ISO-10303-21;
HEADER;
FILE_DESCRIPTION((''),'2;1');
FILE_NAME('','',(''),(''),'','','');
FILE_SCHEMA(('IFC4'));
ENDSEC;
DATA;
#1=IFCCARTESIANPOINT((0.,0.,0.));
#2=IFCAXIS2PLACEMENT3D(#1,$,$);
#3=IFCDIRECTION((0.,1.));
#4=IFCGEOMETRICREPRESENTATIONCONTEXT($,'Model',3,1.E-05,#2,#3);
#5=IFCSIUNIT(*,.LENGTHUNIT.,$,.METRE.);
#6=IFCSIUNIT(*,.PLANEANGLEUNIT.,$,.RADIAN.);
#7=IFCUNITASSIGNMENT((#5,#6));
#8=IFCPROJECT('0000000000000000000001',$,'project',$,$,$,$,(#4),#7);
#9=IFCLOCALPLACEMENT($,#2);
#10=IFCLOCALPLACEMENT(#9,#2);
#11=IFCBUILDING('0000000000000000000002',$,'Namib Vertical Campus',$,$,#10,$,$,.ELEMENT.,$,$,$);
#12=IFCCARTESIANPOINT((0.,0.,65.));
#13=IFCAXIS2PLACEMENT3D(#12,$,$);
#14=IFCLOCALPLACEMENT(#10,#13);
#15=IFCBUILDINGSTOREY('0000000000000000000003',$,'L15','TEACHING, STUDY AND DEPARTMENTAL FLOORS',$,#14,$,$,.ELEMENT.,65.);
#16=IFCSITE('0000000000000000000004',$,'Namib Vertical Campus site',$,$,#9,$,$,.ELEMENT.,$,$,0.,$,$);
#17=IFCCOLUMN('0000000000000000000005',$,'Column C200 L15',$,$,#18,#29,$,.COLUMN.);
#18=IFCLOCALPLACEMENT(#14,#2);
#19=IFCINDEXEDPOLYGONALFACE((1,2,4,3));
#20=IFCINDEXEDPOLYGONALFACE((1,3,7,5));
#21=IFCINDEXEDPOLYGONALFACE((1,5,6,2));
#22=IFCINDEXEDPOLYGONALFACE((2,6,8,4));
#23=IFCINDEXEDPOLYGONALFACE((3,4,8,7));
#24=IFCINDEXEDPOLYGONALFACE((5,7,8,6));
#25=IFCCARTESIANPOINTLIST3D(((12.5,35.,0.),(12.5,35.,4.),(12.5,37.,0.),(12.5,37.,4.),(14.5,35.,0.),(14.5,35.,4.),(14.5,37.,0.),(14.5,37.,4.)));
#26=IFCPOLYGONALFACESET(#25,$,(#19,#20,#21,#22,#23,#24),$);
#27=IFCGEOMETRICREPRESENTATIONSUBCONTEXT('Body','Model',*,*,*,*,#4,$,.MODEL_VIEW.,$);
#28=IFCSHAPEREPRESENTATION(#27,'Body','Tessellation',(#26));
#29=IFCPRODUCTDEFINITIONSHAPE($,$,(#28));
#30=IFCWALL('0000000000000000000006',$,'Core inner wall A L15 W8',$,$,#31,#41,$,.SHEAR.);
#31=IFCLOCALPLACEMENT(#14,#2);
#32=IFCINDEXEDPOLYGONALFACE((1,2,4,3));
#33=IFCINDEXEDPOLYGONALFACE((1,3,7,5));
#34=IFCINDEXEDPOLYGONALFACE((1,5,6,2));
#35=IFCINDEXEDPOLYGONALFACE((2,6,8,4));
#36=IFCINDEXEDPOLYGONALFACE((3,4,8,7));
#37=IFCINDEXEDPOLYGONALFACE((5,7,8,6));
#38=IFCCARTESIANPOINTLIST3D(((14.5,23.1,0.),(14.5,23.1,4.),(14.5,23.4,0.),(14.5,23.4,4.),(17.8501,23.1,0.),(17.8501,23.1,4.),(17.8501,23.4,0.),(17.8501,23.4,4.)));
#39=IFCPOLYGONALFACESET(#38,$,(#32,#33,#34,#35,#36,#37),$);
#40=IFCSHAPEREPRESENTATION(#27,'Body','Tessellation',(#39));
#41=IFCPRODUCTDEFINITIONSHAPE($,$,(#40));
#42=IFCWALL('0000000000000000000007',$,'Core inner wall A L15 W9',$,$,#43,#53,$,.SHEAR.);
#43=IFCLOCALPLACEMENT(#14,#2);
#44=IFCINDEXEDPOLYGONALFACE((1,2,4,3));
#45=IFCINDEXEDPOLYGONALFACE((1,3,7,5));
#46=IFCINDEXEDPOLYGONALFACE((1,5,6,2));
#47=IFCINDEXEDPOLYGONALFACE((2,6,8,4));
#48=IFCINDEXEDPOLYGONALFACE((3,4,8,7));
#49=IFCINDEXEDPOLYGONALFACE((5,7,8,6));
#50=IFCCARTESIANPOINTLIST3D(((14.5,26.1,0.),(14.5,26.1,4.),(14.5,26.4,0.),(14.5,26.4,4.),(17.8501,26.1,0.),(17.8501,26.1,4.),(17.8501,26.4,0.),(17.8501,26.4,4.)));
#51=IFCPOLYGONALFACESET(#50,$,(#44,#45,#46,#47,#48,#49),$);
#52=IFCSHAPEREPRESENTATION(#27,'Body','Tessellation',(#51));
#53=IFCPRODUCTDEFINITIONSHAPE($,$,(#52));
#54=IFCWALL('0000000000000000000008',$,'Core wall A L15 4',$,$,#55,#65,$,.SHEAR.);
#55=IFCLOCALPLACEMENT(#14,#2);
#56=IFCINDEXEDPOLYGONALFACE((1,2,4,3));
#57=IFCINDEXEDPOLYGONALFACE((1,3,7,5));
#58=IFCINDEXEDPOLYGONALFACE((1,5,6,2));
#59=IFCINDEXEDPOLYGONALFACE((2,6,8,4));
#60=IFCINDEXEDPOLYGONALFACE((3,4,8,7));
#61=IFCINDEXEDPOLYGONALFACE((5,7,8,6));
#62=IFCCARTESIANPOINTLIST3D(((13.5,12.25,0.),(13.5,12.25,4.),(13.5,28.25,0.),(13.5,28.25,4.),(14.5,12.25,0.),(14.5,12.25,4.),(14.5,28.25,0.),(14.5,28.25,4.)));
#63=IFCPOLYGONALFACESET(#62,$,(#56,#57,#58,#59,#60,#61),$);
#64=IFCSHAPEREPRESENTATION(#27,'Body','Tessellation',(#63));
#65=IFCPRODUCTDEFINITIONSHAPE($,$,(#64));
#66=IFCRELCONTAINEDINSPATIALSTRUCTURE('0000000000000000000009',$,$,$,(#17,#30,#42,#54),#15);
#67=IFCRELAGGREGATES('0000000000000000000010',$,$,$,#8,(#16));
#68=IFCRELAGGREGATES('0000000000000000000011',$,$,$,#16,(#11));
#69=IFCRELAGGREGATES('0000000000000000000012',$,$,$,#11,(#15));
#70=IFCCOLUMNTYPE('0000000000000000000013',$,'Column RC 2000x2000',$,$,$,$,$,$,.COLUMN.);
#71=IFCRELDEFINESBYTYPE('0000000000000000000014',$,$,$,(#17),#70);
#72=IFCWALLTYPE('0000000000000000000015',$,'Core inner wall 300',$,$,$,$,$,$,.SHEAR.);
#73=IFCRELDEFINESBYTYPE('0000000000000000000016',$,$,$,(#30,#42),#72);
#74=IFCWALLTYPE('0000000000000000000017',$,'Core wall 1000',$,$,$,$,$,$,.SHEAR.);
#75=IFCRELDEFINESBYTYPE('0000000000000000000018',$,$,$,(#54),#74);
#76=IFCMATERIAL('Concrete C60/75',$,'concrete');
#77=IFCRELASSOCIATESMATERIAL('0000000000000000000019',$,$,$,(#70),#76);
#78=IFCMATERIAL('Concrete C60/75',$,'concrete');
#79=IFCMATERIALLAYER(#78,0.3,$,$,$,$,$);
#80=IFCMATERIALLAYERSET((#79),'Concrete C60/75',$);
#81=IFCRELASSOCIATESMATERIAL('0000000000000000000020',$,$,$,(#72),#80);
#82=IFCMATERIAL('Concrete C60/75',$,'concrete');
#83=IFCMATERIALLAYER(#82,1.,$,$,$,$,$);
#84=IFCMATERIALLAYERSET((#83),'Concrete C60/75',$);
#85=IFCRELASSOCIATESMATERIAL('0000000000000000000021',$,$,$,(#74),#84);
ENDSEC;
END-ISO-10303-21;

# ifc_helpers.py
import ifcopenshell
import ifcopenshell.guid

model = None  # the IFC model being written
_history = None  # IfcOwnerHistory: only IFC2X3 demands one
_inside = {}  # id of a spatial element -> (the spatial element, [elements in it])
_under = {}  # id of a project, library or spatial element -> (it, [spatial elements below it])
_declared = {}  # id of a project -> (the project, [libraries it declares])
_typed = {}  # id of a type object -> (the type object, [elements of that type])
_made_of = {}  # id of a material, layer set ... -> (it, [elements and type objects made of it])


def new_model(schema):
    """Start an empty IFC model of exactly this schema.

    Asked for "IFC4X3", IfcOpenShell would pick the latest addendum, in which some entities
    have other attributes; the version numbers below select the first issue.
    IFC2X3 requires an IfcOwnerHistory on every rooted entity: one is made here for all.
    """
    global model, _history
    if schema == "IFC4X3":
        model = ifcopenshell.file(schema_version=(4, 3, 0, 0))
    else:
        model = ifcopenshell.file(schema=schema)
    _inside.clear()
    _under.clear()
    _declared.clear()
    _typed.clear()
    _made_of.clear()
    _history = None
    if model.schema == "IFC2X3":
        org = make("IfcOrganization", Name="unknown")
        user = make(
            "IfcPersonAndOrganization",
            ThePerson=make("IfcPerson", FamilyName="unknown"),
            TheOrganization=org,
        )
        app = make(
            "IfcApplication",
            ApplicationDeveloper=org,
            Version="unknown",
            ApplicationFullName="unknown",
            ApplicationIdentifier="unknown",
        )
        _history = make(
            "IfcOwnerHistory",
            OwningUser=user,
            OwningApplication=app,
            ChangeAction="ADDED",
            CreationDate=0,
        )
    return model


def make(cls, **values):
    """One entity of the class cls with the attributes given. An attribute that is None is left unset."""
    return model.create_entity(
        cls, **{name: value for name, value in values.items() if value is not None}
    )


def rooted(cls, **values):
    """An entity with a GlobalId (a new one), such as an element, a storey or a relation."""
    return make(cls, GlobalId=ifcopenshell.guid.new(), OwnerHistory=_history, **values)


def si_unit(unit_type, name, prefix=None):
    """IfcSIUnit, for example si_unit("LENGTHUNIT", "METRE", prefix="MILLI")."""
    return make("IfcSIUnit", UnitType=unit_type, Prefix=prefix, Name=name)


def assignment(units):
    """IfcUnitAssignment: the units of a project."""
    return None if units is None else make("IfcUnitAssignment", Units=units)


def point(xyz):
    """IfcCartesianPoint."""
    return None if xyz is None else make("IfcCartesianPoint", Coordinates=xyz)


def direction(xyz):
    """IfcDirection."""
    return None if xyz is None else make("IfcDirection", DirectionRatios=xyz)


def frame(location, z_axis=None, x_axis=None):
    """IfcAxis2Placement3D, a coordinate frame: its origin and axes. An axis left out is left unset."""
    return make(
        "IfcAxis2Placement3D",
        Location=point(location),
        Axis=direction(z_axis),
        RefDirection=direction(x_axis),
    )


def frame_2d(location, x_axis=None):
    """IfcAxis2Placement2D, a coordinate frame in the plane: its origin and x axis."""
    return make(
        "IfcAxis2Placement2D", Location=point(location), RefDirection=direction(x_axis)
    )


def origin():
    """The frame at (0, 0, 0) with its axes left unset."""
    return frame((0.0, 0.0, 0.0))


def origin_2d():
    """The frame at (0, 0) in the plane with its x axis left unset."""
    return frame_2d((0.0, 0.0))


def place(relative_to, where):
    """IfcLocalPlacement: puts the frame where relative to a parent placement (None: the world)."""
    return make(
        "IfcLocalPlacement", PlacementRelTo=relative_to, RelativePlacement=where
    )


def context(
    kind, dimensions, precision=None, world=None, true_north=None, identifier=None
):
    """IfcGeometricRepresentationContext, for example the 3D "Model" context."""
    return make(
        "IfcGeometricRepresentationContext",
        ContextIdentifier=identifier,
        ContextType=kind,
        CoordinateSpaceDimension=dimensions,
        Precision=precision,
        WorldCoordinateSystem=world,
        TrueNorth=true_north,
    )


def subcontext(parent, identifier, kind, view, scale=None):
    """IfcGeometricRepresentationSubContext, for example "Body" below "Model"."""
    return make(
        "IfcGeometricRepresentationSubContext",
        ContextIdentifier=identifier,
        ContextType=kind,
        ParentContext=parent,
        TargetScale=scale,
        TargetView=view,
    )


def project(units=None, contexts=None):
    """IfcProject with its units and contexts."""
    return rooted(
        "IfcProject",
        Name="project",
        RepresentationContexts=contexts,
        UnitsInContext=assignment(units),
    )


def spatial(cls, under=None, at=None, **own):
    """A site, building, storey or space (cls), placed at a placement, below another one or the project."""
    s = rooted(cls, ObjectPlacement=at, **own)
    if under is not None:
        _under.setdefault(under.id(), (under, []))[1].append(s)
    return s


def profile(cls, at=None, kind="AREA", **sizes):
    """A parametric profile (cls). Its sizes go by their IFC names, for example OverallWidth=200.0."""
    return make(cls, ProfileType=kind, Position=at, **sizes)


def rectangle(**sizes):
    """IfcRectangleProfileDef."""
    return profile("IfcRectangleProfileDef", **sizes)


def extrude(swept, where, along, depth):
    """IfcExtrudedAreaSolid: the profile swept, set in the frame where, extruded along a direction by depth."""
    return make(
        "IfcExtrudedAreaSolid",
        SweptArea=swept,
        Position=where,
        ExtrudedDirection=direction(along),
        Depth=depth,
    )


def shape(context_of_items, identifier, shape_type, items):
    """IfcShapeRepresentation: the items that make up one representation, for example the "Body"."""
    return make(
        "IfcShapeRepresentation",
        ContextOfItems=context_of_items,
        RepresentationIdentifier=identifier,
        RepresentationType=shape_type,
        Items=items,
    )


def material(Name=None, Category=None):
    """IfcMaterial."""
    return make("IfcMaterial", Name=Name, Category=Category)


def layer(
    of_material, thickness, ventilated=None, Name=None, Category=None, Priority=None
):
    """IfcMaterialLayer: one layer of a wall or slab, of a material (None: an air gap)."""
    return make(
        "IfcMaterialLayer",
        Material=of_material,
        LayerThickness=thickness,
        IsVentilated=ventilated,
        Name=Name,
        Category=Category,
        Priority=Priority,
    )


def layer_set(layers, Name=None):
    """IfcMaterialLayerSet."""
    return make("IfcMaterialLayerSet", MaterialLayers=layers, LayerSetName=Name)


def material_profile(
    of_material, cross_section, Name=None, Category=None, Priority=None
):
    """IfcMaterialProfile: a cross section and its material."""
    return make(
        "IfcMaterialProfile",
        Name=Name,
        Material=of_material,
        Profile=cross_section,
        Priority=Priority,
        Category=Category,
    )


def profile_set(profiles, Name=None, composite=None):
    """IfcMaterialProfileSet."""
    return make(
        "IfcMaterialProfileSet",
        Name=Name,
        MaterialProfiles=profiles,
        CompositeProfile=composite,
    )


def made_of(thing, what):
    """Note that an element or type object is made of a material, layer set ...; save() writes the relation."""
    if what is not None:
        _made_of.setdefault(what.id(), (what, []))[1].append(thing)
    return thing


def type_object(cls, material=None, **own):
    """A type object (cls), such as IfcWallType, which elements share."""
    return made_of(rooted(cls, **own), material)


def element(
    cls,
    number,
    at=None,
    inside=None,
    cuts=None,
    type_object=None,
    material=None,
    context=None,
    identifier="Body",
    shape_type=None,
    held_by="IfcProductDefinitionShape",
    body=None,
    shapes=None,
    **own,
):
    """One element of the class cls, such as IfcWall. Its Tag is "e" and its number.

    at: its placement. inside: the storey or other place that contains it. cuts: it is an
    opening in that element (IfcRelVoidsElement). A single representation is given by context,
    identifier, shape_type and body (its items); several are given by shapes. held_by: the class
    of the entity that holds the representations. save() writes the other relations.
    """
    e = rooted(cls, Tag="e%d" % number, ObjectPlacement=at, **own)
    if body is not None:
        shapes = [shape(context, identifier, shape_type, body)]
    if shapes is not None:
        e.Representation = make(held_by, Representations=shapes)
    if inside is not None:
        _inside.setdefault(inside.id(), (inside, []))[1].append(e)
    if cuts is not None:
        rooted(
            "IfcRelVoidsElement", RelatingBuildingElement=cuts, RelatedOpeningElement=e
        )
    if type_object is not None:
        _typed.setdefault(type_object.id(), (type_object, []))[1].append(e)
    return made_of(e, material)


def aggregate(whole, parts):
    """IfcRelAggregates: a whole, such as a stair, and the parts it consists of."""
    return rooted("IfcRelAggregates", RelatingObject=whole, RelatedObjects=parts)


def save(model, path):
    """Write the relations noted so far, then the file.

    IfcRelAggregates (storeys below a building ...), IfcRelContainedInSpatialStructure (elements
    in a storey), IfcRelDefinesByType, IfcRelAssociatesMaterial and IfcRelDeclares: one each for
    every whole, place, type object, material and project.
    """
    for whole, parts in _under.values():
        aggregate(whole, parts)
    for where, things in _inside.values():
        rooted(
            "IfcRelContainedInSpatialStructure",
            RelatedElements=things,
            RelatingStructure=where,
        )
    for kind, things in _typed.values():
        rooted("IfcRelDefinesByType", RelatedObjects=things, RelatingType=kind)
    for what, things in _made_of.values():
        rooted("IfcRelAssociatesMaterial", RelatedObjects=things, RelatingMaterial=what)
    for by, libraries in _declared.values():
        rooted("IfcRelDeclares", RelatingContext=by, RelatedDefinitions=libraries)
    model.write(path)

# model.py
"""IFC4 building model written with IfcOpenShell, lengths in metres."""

from ifc_helpers import new_model, si_unit, direction, frame, frame_2d, origin, origin_2d, place, context, subcontext, project, spatial, rectangle, extrude, material, layer, layer_set, material_profile, profile_set, type_object, element, save


model = new_model("IFC4")

# Units and contexts
model_context = context("Model", 3, precision=1e-05, world=origin(), true_north=direction((0.0, 1.0)))
body_context = subcontext(model_context, "Body", "Model", "MODEL_VIEW")
ifc_project = project(units=[si_unit("LENGTHUNIT", "METRE"), si_unit("PLANEANGLEUNIT", "RADIAN")], contexts=[model_context])

# Site, building, storey
site_placement = place(None, origin())
site = spatial("IfcSite", under=ifc_project, at=site_placement, Name="Namib Vertical Campus site", CompositionType="ELEMENT", RefElevation=0.0)
building_placement = place(site_placement, origin())
building = spatial("IfcBuilding", under=site, at=building_placement, Name="Namib Vertical Campus", CompositionType="ELEMENT")
storey_placement = place(building_placement, frame((0.0, 0.0, 65.0)))
storey = spatial("IfcBuildingStorey", under=building, at=storey_placement, Name="L15", Description="TEACHING, STUDY AND DEPARTMENTAL FLOORS", CompositionType="ELEMENT", Elevation=65.0)

# Column
ifc_material_1 = material(Name="Concrete C60/75", Category="concrete")
ifc_material_profile = material_profile(ifc_material_1, rectangle(XDim=2.0, YDim=2.0, at=origin_2d()))
ifc_profile_set = profile_set([ifc_material_profile], Name="Concrete C60/75")
column_type = type_object("IfcColumnType", Name="Column RC 2000x2000", PredefinedType="COLUMN", material=ifc_profile_set)
column_placement = place(storey_placement, frame((13.5, 36.0, 0.0), z_axis=(0.0, 0.0, 1.0), x_axis=(1.0, 0.0, 0.0)))
element("IfcColumn", 1, at=column_placement, inside=storey, type_object=column_type, Name="Column C200 L15", PredefinedType="COLUMN", context=body_context, shape_type="SweptSolid", body=[
    extrude(rectangle(XDim=2.0, YDim=2.0, at=origin_2d()), origin(), (0.0, 0.0, 1.0), 4.0),
])

# Walls
ifc_material_2 = material(Name="Concrete C60/75", Category="concrete")
ifc_layer_1 = layer(ifc_material_2, 0.3)
ifc_layer_set_1 = layer_set([ifc_layer_1], Name="Concrete C60/75")
wall_type_1 = type_object("IfcWallType", Name="Core inner wall 300", PredefinedType="SHEAR", material=ifc_layer_set_1)
for number, where, z_axis, x_axis, name in (
    (2, (14.5, 23.25, 0.0), (0.0, 0.0, 1.0), (1.0, 0.0, 0.0), "Core inner wall A L15 W8"),
    (3, (14.5, 26.25, 0.0), (0.0, 0.0, 1.0), (1.0, 0.0, 0.0), "Core inner wall A L15 W9"),
):
    element("IfcWall", number, at=place(storey_placement, frame(where, z_axis=z_axis, x_axis=x_axis)), inside=storey, type_object=wall_type_1, Name=name, PredefinedType="SHEAR", context=body_context, shape_type="SweptSolid", body=[
        extrude(rectangle(XDim=3.3501, YDim=0.3, at=frame_2d((1.675, 0.0))), origin(), (0.0, 0.0, 1.0), 4.0),
    ])
ifc_material_3 = material(Name="Concrete C60/75", Category="concrete")
ifc_layer_2 = layer(ifc_material_3, 1.0)
ifc_layer_set_2 = layer_set([ifc_layer_2], Name="Concrete C60/75")
wall_type_2 = type_object("IfcWallType", Name="Core wall 1000", PredefinedType="SHEAR", material=ifc_layer_set_2)
wall_1_placement = place(storey_placement, frame((14.0, 28.25, 0.0), z_axis=(0.0, 0.0, 1.0), x_axis=(0.0, -1.0, 0.0)))
element("IfcWall", 4, at=wall_1_placement, inside=storey, type_object=wall_type_2, Name="Core wall A L15 4", PredefinedType="SHEAR", context=body_context, shape_type="SweptSolid", body=[
    extrude(rectangle(XDim=16.0, YDim=1.0, at=frame_2d((8.0, 0.0))), origin(), (0.0, 0.0, 1.0), 4.0),
])

save(model, "model.ifc")
